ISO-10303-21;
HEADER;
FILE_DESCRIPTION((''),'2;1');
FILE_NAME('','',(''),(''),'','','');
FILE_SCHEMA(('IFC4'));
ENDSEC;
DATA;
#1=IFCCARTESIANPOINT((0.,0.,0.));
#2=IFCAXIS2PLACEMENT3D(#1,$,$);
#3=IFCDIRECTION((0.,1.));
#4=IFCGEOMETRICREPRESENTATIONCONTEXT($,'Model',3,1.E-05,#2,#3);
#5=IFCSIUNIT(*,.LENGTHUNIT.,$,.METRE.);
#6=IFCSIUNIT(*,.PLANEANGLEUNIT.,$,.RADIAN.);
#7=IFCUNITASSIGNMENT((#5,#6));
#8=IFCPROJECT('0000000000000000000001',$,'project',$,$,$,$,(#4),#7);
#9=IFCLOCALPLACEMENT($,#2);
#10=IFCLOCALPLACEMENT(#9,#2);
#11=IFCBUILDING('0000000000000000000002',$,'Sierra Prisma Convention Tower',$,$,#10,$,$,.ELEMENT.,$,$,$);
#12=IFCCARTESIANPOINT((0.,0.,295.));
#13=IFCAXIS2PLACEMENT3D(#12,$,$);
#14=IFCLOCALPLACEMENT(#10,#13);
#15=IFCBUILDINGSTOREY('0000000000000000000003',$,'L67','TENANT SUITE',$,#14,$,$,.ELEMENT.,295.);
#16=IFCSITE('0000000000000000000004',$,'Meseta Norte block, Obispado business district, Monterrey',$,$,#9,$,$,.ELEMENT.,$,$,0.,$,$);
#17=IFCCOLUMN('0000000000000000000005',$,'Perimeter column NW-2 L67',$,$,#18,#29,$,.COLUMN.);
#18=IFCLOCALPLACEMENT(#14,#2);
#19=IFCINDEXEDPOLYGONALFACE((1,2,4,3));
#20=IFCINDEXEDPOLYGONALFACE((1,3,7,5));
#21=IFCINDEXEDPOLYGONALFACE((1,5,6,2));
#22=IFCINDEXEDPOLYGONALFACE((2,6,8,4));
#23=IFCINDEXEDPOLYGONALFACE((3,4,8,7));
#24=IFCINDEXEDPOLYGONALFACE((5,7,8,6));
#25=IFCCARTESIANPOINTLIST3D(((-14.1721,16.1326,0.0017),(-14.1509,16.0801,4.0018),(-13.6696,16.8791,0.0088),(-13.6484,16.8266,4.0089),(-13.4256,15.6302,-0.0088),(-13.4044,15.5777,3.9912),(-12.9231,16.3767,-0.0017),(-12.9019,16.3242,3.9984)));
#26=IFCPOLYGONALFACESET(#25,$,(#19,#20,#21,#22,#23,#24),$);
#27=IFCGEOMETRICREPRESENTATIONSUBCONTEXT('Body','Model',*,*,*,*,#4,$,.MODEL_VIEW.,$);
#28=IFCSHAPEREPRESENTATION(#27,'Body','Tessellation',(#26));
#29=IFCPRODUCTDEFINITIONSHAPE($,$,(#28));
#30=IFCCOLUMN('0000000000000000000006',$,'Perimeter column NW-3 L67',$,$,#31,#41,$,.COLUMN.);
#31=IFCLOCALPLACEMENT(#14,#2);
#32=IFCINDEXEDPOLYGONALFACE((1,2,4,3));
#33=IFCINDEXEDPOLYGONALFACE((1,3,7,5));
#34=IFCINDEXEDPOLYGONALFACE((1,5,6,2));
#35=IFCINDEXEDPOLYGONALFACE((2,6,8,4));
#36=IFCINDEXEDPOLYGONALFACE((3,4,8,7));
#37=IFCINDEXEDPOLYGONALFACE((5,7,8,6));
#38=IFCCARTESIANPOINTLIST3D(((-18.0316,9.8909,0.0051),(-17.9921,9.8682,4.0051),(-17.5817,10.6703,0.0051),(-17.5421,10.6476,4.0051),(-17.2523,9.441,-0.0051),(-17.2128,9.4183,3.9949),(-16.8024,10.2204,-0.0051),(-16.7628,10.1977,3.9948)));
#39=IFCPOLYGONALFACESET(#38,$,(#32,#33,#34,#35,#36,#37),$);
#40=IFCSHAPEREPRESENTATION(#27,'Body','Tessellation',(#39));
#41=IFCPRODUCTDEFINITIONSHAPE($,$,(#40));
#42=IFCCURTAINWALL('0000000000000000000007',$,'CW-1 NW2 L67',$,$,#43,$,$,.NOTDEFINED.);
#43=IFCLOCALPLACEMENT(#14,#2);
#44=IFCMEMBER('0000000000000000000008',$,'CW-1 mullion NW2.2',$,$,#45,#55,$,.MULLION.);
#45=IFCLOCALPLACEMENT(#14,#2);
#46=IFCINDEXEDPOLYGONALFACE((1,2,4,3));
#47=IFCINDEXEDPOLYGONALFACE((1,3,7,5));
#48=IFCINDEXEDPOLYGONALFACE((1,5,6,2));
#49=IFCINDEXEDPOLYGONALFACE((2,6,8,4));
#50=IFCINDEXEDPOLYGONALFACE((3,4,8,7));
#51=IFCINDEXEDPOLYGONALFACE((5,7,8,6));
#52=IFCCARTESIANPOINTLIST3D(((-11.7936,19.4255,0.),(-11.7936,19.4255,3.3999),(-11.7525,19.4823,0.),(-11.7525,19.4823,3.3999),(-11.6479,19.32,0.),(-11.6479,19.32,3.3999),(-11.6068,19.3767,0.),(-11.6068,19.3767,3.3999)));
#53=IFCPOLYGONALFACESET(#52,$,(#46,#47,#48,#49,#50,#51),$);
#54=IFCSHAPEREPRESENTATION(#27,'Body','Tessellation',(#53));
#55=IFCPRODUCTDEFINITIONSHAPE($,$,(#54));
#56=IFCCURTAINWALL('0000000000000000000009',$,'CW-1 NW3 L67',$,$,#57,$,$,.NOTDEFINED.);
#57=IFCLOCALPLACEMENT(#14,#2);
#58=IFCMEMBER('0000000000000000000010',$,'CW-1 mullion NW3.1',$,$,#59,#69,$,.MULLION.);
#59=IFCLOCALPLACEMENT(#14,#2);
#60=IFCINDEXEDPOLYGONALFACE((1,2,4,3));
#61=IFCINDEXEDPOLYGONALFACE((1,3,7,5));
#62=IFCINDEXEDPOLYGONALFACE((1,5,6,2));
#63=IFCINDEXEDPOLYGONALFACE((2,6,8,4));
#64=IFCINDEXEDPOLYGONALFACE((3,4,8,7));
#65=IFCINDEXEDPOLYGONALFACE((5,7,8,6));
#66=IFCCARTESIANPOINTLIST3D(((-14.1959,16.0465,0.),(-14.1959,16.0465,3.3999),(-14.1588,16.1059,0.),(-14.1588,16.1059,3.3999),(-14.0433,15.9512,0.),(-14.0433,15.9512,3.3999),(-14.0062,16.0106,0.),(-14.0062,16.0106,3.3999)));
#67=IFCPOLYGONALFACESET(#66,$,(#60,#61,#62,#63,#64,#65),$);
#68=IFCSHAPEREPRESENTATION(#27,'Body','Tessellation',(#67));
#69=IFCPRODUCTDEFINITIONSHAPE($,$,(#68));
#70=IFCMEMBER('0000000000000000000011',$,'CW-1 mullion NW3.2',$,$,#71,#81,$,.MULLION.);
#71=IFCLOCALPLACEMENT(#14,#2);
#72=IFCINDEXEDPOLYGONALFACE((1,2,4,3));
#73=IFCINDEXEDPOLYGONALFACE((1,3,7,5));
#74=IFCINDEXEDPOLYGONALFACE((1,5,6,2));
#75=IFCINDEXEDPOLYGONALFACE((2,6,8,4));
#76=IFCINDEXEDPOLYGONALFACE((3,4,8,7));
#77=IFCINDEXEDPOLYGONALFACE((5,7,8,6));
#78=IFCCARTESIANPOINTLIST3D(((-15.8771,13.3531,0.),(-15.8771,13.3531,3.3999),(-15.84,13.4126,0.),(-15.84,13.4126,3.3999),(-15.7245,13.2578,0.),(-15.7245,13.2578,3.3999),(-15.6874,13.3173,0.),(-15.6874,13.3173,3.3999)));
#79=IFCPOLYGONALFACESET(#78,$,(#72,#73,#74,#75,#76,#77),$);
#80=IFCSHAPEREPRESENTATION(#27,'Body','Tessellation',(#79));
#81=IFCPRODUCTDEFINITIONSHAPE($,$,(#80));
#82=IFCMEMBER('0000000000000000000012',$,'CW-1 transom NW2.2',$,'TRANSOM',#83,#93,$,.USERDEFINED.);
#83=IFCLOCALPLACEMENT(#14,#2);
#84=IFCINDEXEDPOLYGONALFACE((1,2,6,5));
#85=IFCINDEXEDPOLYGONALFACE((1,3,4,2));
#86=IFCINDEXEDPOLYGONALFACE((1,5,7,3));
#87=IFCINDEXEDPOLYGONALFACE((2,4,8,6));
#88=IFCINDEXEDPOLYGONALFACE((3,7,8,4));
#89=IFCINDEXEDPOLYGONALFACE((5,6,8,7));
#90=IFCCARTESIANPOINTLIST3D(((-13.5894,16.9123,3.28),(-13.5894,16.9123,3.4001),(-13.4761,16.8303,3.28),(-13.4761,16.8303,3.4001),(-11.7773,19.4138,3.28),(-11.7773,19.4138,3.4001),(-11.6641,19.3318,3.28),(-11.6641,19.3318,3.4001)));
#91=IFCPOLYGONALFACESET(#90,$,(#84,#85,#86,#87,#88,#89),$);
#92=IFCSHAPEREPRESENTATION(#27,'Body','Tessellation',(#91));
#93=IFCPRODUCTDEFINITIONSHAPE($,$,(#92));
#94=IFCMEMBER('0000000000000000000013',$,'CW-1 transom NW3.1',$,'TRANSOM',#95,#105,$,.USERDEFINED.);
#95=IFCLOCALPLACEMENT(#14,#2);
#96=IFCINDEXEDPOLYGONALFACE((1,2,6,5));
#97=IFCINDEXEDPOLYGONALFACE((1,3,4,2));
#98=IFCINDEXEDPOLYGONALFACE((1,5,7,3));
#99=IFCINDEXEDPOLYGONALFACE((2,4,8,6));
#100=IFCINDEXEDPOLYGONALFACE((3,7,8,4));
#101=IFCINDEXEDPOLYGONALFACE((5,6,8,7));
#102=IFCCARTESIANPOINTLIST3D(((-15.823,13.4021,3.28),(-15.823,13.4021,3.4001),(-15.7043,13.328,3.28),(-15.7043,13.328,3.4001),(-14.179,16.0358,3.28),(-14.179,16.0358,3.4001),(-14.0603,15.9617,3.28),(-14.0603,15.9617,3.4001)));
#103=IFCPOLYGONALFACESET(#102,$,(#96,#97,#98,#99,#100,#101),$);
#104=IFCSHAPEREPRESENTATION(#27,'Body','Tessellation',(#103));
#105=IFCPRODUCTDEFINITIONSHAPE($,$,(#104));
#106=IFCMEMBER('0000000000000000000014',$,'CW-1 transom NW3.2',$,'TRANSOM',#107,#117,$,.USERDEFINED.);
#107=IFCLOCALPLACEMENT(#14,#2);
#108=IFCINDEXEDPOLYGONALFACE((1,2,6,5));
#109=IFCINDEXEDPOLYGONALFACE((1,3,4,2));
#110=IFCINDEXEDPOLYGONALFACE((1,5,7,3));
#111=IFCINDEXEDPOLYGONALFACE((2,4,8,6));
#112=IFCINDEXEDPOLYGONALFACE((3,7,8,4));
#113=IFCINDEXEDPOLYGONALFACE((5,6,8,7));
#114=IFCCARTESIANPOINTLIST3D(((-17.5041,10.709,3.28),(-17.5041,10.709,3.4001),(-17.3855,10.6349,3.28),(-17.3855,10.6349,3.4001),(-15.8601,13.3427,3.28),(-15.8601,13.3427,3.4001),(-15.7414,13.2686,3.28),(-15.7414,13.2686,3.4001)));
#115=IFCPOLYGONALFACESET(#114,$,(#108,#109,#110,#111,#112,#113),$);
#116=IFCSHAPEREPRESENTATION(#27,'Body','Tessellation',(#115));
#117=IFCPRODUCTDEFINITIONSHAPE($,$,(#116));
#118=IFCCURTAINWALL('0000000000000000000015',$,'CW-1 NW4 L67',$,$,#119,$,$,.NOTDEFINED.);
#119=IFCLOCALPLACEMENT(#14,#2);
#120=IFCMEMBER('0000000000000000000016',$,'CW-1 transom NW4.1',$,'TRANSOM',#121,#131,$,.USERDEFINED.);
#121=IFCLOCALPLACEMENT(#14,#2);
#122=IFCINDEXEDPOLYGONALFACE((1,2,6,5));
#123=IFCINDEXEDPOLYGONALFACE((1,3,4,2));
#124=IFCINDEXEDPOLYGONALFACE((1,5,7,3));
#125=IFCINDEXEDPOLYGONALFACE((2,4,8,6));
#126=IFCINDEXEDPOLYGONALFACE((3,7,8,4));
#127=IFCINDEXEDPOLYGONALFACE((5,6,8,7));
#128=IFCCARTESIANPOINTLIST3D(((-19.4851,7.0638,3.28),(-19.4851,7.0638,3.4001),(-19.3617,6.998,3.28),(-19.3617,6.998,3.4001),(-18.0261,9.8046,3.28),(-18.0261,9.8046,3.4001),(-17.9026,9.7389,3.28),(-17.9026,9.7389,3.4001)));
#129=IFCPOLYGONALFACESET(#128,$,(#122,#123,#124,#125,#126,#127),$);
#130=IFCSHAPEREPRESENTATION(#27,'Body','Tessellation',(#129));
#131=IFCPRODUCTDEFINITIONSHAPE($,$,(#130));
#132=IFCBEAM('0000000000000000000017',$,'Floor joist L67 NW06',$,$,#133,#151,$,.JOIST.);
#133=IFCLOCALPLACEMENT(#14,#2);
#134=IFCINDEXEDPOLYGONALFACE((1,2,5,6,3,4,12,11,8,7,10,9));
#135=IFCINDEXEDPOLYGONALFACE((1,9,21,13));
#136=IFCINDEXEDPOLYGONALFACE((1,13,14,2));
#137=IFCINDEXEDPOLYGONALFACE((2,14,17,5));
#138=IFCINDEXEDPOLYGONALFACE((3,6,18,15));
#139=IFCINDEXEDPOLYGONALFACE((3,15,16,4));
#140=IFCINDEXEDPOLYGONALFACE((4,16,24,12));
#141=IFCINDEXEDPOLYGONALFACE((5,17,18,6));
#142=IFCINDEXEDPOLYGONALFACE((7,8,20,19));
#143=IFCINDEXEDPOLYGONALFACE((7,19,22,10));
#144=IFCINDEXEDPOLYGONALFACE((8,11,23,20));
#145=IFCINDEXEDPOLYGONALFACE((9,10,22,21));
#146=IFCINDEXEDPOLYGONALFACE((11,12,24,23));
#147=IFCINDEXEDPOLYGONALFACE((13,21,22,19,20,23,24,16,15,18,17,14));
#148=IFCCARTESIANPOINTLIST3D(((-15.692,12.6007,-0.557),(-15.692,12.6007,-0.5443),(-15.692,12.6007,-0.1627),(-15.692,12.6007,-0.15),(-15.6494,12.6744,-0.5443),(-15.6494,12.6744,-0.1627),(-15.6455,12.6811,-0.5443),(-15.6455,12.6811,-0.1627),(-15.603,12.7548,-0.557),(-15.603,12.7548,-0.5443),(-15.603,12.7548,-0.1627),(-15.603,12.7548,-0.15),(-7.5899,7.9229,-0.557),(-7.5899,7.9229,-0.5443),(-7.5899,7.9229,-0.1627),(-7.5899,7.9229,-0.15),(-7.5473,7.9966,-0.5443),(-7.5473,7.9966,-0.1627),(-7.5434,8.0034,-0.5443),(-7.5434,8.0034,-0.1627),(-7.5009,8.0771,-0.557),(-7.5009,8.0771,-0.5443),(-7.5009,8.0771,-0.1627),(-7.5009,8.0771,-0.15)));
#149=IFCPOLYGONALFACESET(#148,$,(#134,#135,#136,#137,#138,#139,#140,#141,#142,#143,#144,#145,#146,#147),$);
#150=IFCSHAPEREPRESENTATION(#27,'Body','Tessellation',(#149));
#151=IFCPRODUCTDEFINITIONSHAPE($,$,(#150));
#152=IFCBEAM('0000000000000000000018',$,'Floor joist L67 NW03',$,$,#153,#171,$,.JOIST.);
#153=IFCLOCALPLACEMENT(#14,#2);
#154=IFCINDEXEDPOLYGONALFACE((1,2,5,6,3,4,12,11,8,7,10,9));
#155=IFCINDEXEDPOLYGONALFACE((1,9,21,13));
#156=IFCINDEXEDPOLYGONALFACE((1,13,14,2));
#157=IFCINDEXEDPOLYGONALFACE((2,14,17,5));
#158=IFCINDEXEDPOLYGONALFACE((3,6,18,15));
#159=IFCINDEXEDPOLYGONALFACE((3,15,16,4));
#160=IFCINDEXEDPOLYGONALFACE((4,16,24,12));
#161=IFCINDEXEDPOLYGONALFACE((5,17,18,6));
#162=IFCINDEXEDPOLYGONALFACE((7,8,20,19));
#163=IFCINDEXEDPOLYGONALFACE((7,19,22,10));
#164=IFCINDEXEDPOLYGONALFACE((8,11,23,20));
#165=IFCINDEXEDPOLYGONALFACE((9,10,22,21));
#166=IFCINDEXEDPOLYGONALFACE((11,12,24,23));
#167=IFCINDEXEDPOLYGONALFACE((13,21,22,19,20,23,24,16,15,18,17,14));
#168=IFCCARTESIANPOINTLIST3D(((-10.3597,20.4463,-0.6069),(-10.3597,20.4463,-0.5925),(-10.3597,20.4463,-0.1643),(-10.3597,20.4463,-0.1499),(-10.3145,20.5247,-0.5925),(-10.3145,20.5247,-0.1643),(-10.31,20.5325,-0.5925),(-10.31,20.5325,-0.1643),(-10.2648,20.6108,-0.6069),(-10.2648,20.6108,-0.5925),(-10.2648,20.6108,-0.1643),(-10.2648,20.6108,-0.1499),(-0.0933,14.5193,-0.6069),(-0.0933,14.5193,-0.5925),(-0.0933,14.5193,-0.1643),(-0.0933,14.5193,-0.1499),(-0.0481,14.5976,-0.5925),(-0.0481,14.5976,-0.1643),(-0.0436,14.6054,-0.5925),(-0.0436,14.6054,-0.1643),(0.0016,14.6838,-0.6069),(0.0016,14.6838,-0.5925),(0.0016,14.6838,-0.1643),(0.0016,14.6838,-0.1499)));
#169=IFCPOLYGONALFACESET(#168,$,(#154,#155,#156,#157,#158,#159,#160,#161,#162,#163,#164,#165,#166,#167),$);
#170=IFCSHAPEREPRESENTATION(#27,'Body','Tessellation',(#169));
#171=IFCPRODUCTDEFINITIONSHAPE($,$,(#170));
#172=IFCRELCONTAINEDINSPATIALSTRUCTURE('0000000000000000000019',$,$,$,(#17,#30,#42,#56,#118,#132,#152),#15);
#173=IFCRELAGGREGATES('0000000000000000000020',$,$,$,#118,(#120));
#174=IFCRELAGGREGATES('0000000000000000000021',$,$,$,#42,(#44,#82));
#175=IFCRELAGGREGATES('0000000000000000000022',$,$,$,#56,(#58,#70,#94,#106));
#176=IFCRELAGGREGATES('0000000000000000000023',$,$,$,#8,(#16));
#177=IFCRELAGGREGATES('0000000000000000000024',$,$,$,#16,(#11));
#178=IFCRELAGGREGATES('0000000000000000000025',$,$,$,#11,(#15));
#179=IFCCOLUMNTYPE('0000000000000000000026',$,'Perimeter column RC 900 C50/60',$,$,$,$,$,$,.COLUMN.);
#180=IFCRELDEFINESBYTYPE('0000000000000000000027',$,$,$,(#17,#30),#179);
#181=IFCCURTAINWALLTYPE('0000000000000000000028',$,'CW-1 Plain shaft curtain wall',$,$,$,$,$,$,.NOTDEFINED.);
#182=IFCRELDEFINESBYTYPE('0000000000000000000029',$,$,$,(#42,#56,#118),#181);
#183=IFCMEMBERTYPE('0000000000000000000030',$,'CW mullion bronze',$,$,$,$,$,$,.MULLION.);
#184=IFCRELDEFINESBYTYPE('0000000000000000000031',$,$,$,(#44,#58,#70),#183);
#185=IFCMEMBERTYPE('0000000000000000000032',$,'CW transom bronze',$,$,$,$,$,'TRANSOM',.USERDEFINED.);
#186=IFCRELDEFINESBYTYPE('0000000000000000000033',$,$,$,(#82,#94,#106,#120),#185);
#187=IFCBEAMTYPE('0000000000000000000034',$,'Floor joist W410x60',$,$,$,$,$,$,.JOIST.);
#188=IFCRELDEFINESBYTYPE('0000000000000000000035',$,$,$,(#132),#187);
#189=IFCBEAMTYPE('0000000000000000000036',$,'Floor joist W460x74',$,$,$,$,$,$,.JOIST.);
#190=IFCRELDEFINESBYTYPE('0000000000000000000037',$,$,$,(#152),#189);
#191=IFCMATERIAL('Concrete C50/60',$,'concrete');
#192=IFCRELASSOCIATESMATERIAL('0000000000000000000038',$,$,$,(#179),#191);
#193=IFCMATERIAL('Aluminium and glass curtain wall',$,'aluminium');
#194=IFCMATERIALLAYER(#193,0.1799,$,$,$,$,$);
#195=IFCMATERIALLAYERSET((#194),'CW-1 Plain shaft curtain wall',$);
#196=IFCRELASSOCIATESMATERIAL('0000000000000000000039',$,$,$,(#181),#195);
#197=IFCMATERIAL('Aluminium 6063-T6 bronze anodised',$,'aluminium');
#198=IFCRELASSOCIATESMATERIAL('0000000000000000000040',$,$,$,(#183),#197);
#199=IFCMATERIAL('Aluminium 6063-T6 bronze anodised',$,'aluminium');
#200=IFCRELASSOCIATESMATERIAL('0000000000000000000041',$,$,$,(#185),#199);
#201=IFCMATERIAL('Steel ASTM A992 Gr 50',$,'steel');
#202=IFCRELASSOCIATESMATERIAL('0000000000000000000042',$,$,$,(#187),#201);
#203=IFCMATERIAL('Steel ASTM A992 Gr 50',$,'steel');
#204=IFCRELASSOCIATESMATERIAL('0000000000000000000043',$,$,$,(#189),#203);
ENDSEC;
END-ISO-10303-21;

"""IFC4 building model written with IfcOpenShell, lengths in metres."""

from ifc_helpers import new_model, si_unit, direction, frame, origin, origin_2d, place, context, subcontext, project, spatial, rectangle, i_section, extrude, material, layer, layer_set, material_profile, profile_set, type_object, element, aggregate, save


model = new_model("IFC4")

# Units and contexts
model_context = context("Model", 3, precision=1e-05, world=origin(), true_north=direction((0.0, 1.0)))
body_context = subcontext(model_context, "Body", "Model", "MODEL_VIEW")
ifc_project = project(units=[si_unit("LENGTHUNIT", "METRE"), si_unit("PLANEANGLEUNIT", "RADIAN")], contexts=[model_context])

# Site, building, storey
site_placement = place(None, origin())
site = spatial("IfcSite", under=ifc_project, at=site_placement, Name="Meseta Norte block, Obispado business district, Monterrey", CompositionType="ELEMENT", RefElevation=0.0)
building_placement = place(site_placement, origin())
building = spatial("IfcBuilding", under=site, at=building_placement, Name="Sierra Prisma Convention Tower", CompositionType="ELEMENT")
storey_placement = place(building_placement, frame((0.0, 0.0, 295.0)))
storey = spatial("IfcBuildingStorey", under=building, at=storey_placement, Name="L67", Description="TENANT SUITE", CompositionType="ELEMENT", Elevation=295.0)

# Columns
ifc_material_1 = material(Name="Concrete C50/60", Category="concrete")
ifc_material_profile_1 = material_profile(ifc_material_1, rectangle(XDim=0.8999, YDim=0.8999, at=origin_2d()), Name="Perimeter column RC 900 C50/60")
ifc_profile_set_1 = profile_set([ifc_material_profile_1], Name="Concrete C50/60")
column_type = type_object("IfcColumnType", Name="Perimeter column RC 900 C50/60", PredefinedType="COLUMN", material=ifc_profile_set_1)
column_1_placement = place(storey_placement, frame((-13.5476, 16.2546, 0.0), z_axis=(0.00531, -0.013121, 0.9999), x_axis=(0.558403, 0.829532, 0.00792)))
element("IfcColumn", 1, at=column_1_placement, inside=storey, type_object=column_type, Name="Perimeter column NW-2 L67", PredefinedType="COLUMN", context=body_context, shape_type="SweptSolid", body=[
    extrude(rectangle(XDim=0.8999, YDim=0.8999, at=origin_2d()), origin(), (0.0, 0.0, 1.0), 4.0005),
])
column_2_placement = place(storey_placement, frame((-17.417, 10.0557, 0.0), z_axis=(0.009887, -0.005676, 0.999935), x_axis=(0.499976, 0.86604, -0.000028)))
element("IfcColumn", 2, at=column_2_placement, inside=storey, type_object=column_type, Name="Perimeter column NW-3 L67", PredefinedType="COLUMN", context=body_context, shape_type="SweptSolid", body=[
    extrude(rectangle(XDim=0.8999, YDim=0.8999, at=origin_2d()), origin(), (0.0, 0.0, 1.0), 4.0002),
])

# Curtain wall, member
ifc_material_2 = material(Name="Aluminium and glass curtain wall", Category="aluminium")
ifc_layer_1 = layer(ifc_material_2, 0.1799)
ifc_layer_set_1 = layer_set([ifc_layer_1], Name="CW-1 Plain shaft curtain wall")
curtain_wall_type = type_object("IfcCurtainWallType", Name="CW-1 Plain shaft curtain wall", PredefinedType="NOTDEFINED", material=ifc_layer_set_1)
curtain_wall_1_placement = place(storey_placement, origin())
curtain_wall_1 = element("IfcCurtainWall", 3, at=curtain_wall_1_placement, inside=storey, type_object=curtain_wall_type, Name="CW-1 NW2 L67", PredefinedType="NOTDEFINED")
ifc_material_3 = material(Name="Aluminium 6063-T6 bronze anodised", Category="aluminium")
ifc_material_profile_2 = material_profile(ifc_material_3, rectangle(XDim=0.1799, YDim=0.0701, at=origin_2d()), Name="ALU MULLION 70x180")
ifc_profile_set_2 = profile_set([ifc_material_profile_2], Name="Aluminium 6063-T6 bronze anodised")
member_type_1 = type_object("IfcMemberType", Name="CW mullion bronze", PredefinedType="MULLION", material=ifc_profile_set_2)
member_1_placement = place(storey_placement, frame((-11.7002, 19.4011, 0.0), z_axis=(0.0, 0.0, 1.0), x_axis=(0.809848, -0.58664, 0.0)))
member_1 = element("IfcMember", 4, at=member_1_placement, type_object=member_type_1, Name="CW-1 mullion NW2.2", PredefinedType="MULLION", context=body_context, shape_type="SweptSolid", body=[
    extrude(rectangle(XDim=0.1799, YDim=0.0701, at=origin_2d()), origin(), (0.0, 0.0, 1.0), 3.3999),
])

# Curtain wall, members
curtain_wall_2_placement = place(storey_placement, origin())
curtain_wall_2 = element("IfcCurtainWall", 5, at=curtain_wall_2_placement, inside=storey, type_object=curtain_wall_type, Name="CW-1 NW3 L67", PredefinedType="NOTDEFINED")
member_2_placement = place(storey_placement, frame((-14.1011, 16.0286, 0.0), z_axis=(0.0, 0.0, 1.0), x_axis=(0.848298, -0.529519, 0.0)))
member_2 = element("IfcMember", 6, at=member_2_placement, type_object=member_type_1, Name="CW-1 mullion NW3.1", PredefinedType="MULLION", context=body_context, shape_type="SweptSolid", body=[
    extrude(rectangle(XDim=0.1799, YDim=0.0701, at=origin_2d()), origin(), (0.0, 0.0, 1.0), 3.3999),
])
member_3_placement = place(storey_placement, frame((-15.7822, 13.3352, 0.0), z_axis=(0.0, 0.0, 1.0), x_axis=(0.848298, -0.529519, 0.0)))
member_3 = element("IfcMember", 7, at=member_3_placement, type_object=member_type_1, Name="CW-1 mullion NW3.2", PredefinedType="MULLION", context=body_context, shape_type="SweptSolid", body=[
    extrude(rectangle(XDim=0.1799, YDim=0.0701, at=origin_2d()), origin(), (0.0, 0.0, 1.0), 3.3999),
])

# Members
ifc_material_4 = material(Name="Aluminium 6063-T6 bronze anodised", Category="aluminium")
ifc_material_profile_3 = material_profile(ifc_material_4, rectangle(XDim=0.1399, YDim=0.1201, at=origin_2d()), Name="ALU TRANSOM 120x140")
ifc_profile_set_3 = profile_set([ifc_material_profile_3], Name="Aluminium 6063-T6 bronze anodised")
member_type_2 = type_object("IfcMemberType", Name="CW transom bronze", ElementType="TRANSOM", PredefinedType="USERDEFINED", material=ifc_profile_set_3)
member_4_placement = place(storey_placement, frame((-11.7207, 19.3728, 3.3401), z_axis=(-0.586639, -0.809849, 0.0), x_axis=(0.809849, -0.586639, 0.0)))
member_4 = element("IfcMember", 8, at=member_4_placement, type_object=member_type_2, Name="CW-1 transom NW2.2", ObjectType="TRANSOM", PredefinedType="USERDEFINED", context=body_context, shape_type="SweptSolid", body=[
    extrude(rectangle(XDim=0.1399, YDim=0.1201, at=origin_2d()), origin(), (0.0, 0.0, 1.0), 3.0889),
])
member_5_placement = place(storey_placement, frame((-14.1196, 15.9988, 3.3401), z_axis=(-0.529518, -0.848299, 0.0), x_axis=(0.848299, -0.529518, 0.0)))
member_5 = element("IfcMember", 9, at=member_5_placement, type_object=member_type_2, Name="CW-1 transom NW3.1", ObjectType="TRANSOM", PredefinedType="USERDEFINED", context=body_context, shape_type="SweptSolid", body=[
    extrude(rectangle(XDim=0.1399, YDim=0.1201, at=origin_2d()), origin(), (0.0, 0.0, 1.0), 3.1047),
])
member_6_placement = place(storey_placement, frame((-15.8008, 13.3057, 3.3401), z_axis=(-0.529518, -0.848299, 0.0), x_axis=(0.848299, -0.529518, 0.0)))
member_6 = element("IfcMember", 10, at=member_6_placement, type_object=member_type_2, Name="CW-1 transom NW3.2", ObjectType="TRANSOM", PredefinedType="USERDEFINED", context=body_context, shape_type="SweptSolid", body=[
    extrude(rectangle(XDim=0.1399, YDim=0.1201, at=origin_2d()), origin(), (0.0, 0.0, 1.0), 3.1047),
])

# Curtain wall, member
curtain_wall_3_placement = place(storey_placement, origin())
curtain_wall_3 = element("IfcCurtainWall", 11, at=curtain_wall_3_placement, inside=storey, type_object=curtain_wall_type, Name="CW-1 NW4 L67", PredefinedType="NOTDEFINED")
member_7_placement = place(storey_placement, frame((-17.9644, 9.7717, 3.3401), z_axis=(-0.469902, -0.882718, 0.0), x_axis=(0.882718, -0.469902, 0.0)))
member_7 = element("IfcMember", 12, at=member_7_placement, type_object=member_type_2, Name="CW-1 transom NW4.1", ObjectType="TRANSOM", PredefinedType="USERDEFINED", context=body_context, shape_type="SweptSolid", body=[
    extrude(rectangle(XDim=0.1399, YDim=0.1201, at=origin_2d()), origin(), (0.0, 0.0, 1.0), 3.105),
])
aggregate(curtain_wall_3, [member_7])

# Beams
ifc_material_5 = material(Name="Steel ASTM A992 Gr 50", Category="steel")
ifc_material_profile_4 = material_profile(ifc_material_5, i_section(OverallWidth=0.178, OverallDepth=0.407, WebThickness=0.0078, FlangeThickness=0.0127, at=origin_2d()), Name="W410x60")
ifc_profile_set_4 = profile_set([ifc_material_profile_4], Name="Steel ASTM A992 Gr 50")
beam_type_1 = type_object("IfcBeamType", Name="Floor joist W410x60", PredefinedType="JOIST", material=ifc_profile_set_4)
beam_1_placement = place(storey_placement, frame((-15.6475, 12.6777, -0.3535), z_axis=(0.866025, -0.500001, 0.0), x_axis=(0.500001, 0.866025, 0.0)))
element("IfcBeam", 13, at=beam_1_placement, inside=storey, type_object=beam_type_1, Name="Floor joist L67 NW06", PredefinedType="JOIST", context=body_context, shape_type="SweptSolid", body=[
    extrude(i_section(OverallWidth=0.178, OverallDepth=0.407, WebThickness=0.0078, FlangeThickness=0.0127, at=origin_2d()), origin(), (0.0, 0.0, 1.0), 9.3555),
])
ifc_material_6 = material(Name="Steel ASTM A992 Gr 50", Category="steel")
ifc_material_profile_5 = material_profile(ifc_material_6, i_section(OverallWidth=0.1899, OverallDepth=0.457, WebThickness=0.009, FlangeThickness=0.0144, at=origin_2d()), Name="W460x74")
ifc_profile_set_5 = profile_set([ifc_material_profile_5], Name="Steel ASTM A992 Gr 50")
beam_type_2 = type_object("IfcBeamType", Name="Floor joist W460x74", PredefinedType="JOIST", material=ifc_profile_set_5)
beam_2_placement = place(storey_placement, frame((-10.3123, 20.5286, -0.3784), z_axis=(0.866036, -0.499982, 0.0), x_axis=(0.499982, 0.866036, 0.0)))
element("IfcBeam", 14, at=beam_2_placement, inside=storey, type_object=beam_type_2, Name="Floor joist L67 NW03", PredefinedType="JOIST", context=body_context, shape_type="SweptSolid", body=[
    extrude(i_section(OverallWidth=0.1899, OverallDepth=0.457, WebThickness=0.009, FlangeThickness=0.0144, at=origin_2d()), origin(), (0.0, 0.0, 1.0), 11.8545),
])

aggregate(curtain_wall_1, [member_1, member_4])
aggregate(curtain_wall_2, [member_2, member_3, member_5, member_6])

save(model, "model.ifc")
